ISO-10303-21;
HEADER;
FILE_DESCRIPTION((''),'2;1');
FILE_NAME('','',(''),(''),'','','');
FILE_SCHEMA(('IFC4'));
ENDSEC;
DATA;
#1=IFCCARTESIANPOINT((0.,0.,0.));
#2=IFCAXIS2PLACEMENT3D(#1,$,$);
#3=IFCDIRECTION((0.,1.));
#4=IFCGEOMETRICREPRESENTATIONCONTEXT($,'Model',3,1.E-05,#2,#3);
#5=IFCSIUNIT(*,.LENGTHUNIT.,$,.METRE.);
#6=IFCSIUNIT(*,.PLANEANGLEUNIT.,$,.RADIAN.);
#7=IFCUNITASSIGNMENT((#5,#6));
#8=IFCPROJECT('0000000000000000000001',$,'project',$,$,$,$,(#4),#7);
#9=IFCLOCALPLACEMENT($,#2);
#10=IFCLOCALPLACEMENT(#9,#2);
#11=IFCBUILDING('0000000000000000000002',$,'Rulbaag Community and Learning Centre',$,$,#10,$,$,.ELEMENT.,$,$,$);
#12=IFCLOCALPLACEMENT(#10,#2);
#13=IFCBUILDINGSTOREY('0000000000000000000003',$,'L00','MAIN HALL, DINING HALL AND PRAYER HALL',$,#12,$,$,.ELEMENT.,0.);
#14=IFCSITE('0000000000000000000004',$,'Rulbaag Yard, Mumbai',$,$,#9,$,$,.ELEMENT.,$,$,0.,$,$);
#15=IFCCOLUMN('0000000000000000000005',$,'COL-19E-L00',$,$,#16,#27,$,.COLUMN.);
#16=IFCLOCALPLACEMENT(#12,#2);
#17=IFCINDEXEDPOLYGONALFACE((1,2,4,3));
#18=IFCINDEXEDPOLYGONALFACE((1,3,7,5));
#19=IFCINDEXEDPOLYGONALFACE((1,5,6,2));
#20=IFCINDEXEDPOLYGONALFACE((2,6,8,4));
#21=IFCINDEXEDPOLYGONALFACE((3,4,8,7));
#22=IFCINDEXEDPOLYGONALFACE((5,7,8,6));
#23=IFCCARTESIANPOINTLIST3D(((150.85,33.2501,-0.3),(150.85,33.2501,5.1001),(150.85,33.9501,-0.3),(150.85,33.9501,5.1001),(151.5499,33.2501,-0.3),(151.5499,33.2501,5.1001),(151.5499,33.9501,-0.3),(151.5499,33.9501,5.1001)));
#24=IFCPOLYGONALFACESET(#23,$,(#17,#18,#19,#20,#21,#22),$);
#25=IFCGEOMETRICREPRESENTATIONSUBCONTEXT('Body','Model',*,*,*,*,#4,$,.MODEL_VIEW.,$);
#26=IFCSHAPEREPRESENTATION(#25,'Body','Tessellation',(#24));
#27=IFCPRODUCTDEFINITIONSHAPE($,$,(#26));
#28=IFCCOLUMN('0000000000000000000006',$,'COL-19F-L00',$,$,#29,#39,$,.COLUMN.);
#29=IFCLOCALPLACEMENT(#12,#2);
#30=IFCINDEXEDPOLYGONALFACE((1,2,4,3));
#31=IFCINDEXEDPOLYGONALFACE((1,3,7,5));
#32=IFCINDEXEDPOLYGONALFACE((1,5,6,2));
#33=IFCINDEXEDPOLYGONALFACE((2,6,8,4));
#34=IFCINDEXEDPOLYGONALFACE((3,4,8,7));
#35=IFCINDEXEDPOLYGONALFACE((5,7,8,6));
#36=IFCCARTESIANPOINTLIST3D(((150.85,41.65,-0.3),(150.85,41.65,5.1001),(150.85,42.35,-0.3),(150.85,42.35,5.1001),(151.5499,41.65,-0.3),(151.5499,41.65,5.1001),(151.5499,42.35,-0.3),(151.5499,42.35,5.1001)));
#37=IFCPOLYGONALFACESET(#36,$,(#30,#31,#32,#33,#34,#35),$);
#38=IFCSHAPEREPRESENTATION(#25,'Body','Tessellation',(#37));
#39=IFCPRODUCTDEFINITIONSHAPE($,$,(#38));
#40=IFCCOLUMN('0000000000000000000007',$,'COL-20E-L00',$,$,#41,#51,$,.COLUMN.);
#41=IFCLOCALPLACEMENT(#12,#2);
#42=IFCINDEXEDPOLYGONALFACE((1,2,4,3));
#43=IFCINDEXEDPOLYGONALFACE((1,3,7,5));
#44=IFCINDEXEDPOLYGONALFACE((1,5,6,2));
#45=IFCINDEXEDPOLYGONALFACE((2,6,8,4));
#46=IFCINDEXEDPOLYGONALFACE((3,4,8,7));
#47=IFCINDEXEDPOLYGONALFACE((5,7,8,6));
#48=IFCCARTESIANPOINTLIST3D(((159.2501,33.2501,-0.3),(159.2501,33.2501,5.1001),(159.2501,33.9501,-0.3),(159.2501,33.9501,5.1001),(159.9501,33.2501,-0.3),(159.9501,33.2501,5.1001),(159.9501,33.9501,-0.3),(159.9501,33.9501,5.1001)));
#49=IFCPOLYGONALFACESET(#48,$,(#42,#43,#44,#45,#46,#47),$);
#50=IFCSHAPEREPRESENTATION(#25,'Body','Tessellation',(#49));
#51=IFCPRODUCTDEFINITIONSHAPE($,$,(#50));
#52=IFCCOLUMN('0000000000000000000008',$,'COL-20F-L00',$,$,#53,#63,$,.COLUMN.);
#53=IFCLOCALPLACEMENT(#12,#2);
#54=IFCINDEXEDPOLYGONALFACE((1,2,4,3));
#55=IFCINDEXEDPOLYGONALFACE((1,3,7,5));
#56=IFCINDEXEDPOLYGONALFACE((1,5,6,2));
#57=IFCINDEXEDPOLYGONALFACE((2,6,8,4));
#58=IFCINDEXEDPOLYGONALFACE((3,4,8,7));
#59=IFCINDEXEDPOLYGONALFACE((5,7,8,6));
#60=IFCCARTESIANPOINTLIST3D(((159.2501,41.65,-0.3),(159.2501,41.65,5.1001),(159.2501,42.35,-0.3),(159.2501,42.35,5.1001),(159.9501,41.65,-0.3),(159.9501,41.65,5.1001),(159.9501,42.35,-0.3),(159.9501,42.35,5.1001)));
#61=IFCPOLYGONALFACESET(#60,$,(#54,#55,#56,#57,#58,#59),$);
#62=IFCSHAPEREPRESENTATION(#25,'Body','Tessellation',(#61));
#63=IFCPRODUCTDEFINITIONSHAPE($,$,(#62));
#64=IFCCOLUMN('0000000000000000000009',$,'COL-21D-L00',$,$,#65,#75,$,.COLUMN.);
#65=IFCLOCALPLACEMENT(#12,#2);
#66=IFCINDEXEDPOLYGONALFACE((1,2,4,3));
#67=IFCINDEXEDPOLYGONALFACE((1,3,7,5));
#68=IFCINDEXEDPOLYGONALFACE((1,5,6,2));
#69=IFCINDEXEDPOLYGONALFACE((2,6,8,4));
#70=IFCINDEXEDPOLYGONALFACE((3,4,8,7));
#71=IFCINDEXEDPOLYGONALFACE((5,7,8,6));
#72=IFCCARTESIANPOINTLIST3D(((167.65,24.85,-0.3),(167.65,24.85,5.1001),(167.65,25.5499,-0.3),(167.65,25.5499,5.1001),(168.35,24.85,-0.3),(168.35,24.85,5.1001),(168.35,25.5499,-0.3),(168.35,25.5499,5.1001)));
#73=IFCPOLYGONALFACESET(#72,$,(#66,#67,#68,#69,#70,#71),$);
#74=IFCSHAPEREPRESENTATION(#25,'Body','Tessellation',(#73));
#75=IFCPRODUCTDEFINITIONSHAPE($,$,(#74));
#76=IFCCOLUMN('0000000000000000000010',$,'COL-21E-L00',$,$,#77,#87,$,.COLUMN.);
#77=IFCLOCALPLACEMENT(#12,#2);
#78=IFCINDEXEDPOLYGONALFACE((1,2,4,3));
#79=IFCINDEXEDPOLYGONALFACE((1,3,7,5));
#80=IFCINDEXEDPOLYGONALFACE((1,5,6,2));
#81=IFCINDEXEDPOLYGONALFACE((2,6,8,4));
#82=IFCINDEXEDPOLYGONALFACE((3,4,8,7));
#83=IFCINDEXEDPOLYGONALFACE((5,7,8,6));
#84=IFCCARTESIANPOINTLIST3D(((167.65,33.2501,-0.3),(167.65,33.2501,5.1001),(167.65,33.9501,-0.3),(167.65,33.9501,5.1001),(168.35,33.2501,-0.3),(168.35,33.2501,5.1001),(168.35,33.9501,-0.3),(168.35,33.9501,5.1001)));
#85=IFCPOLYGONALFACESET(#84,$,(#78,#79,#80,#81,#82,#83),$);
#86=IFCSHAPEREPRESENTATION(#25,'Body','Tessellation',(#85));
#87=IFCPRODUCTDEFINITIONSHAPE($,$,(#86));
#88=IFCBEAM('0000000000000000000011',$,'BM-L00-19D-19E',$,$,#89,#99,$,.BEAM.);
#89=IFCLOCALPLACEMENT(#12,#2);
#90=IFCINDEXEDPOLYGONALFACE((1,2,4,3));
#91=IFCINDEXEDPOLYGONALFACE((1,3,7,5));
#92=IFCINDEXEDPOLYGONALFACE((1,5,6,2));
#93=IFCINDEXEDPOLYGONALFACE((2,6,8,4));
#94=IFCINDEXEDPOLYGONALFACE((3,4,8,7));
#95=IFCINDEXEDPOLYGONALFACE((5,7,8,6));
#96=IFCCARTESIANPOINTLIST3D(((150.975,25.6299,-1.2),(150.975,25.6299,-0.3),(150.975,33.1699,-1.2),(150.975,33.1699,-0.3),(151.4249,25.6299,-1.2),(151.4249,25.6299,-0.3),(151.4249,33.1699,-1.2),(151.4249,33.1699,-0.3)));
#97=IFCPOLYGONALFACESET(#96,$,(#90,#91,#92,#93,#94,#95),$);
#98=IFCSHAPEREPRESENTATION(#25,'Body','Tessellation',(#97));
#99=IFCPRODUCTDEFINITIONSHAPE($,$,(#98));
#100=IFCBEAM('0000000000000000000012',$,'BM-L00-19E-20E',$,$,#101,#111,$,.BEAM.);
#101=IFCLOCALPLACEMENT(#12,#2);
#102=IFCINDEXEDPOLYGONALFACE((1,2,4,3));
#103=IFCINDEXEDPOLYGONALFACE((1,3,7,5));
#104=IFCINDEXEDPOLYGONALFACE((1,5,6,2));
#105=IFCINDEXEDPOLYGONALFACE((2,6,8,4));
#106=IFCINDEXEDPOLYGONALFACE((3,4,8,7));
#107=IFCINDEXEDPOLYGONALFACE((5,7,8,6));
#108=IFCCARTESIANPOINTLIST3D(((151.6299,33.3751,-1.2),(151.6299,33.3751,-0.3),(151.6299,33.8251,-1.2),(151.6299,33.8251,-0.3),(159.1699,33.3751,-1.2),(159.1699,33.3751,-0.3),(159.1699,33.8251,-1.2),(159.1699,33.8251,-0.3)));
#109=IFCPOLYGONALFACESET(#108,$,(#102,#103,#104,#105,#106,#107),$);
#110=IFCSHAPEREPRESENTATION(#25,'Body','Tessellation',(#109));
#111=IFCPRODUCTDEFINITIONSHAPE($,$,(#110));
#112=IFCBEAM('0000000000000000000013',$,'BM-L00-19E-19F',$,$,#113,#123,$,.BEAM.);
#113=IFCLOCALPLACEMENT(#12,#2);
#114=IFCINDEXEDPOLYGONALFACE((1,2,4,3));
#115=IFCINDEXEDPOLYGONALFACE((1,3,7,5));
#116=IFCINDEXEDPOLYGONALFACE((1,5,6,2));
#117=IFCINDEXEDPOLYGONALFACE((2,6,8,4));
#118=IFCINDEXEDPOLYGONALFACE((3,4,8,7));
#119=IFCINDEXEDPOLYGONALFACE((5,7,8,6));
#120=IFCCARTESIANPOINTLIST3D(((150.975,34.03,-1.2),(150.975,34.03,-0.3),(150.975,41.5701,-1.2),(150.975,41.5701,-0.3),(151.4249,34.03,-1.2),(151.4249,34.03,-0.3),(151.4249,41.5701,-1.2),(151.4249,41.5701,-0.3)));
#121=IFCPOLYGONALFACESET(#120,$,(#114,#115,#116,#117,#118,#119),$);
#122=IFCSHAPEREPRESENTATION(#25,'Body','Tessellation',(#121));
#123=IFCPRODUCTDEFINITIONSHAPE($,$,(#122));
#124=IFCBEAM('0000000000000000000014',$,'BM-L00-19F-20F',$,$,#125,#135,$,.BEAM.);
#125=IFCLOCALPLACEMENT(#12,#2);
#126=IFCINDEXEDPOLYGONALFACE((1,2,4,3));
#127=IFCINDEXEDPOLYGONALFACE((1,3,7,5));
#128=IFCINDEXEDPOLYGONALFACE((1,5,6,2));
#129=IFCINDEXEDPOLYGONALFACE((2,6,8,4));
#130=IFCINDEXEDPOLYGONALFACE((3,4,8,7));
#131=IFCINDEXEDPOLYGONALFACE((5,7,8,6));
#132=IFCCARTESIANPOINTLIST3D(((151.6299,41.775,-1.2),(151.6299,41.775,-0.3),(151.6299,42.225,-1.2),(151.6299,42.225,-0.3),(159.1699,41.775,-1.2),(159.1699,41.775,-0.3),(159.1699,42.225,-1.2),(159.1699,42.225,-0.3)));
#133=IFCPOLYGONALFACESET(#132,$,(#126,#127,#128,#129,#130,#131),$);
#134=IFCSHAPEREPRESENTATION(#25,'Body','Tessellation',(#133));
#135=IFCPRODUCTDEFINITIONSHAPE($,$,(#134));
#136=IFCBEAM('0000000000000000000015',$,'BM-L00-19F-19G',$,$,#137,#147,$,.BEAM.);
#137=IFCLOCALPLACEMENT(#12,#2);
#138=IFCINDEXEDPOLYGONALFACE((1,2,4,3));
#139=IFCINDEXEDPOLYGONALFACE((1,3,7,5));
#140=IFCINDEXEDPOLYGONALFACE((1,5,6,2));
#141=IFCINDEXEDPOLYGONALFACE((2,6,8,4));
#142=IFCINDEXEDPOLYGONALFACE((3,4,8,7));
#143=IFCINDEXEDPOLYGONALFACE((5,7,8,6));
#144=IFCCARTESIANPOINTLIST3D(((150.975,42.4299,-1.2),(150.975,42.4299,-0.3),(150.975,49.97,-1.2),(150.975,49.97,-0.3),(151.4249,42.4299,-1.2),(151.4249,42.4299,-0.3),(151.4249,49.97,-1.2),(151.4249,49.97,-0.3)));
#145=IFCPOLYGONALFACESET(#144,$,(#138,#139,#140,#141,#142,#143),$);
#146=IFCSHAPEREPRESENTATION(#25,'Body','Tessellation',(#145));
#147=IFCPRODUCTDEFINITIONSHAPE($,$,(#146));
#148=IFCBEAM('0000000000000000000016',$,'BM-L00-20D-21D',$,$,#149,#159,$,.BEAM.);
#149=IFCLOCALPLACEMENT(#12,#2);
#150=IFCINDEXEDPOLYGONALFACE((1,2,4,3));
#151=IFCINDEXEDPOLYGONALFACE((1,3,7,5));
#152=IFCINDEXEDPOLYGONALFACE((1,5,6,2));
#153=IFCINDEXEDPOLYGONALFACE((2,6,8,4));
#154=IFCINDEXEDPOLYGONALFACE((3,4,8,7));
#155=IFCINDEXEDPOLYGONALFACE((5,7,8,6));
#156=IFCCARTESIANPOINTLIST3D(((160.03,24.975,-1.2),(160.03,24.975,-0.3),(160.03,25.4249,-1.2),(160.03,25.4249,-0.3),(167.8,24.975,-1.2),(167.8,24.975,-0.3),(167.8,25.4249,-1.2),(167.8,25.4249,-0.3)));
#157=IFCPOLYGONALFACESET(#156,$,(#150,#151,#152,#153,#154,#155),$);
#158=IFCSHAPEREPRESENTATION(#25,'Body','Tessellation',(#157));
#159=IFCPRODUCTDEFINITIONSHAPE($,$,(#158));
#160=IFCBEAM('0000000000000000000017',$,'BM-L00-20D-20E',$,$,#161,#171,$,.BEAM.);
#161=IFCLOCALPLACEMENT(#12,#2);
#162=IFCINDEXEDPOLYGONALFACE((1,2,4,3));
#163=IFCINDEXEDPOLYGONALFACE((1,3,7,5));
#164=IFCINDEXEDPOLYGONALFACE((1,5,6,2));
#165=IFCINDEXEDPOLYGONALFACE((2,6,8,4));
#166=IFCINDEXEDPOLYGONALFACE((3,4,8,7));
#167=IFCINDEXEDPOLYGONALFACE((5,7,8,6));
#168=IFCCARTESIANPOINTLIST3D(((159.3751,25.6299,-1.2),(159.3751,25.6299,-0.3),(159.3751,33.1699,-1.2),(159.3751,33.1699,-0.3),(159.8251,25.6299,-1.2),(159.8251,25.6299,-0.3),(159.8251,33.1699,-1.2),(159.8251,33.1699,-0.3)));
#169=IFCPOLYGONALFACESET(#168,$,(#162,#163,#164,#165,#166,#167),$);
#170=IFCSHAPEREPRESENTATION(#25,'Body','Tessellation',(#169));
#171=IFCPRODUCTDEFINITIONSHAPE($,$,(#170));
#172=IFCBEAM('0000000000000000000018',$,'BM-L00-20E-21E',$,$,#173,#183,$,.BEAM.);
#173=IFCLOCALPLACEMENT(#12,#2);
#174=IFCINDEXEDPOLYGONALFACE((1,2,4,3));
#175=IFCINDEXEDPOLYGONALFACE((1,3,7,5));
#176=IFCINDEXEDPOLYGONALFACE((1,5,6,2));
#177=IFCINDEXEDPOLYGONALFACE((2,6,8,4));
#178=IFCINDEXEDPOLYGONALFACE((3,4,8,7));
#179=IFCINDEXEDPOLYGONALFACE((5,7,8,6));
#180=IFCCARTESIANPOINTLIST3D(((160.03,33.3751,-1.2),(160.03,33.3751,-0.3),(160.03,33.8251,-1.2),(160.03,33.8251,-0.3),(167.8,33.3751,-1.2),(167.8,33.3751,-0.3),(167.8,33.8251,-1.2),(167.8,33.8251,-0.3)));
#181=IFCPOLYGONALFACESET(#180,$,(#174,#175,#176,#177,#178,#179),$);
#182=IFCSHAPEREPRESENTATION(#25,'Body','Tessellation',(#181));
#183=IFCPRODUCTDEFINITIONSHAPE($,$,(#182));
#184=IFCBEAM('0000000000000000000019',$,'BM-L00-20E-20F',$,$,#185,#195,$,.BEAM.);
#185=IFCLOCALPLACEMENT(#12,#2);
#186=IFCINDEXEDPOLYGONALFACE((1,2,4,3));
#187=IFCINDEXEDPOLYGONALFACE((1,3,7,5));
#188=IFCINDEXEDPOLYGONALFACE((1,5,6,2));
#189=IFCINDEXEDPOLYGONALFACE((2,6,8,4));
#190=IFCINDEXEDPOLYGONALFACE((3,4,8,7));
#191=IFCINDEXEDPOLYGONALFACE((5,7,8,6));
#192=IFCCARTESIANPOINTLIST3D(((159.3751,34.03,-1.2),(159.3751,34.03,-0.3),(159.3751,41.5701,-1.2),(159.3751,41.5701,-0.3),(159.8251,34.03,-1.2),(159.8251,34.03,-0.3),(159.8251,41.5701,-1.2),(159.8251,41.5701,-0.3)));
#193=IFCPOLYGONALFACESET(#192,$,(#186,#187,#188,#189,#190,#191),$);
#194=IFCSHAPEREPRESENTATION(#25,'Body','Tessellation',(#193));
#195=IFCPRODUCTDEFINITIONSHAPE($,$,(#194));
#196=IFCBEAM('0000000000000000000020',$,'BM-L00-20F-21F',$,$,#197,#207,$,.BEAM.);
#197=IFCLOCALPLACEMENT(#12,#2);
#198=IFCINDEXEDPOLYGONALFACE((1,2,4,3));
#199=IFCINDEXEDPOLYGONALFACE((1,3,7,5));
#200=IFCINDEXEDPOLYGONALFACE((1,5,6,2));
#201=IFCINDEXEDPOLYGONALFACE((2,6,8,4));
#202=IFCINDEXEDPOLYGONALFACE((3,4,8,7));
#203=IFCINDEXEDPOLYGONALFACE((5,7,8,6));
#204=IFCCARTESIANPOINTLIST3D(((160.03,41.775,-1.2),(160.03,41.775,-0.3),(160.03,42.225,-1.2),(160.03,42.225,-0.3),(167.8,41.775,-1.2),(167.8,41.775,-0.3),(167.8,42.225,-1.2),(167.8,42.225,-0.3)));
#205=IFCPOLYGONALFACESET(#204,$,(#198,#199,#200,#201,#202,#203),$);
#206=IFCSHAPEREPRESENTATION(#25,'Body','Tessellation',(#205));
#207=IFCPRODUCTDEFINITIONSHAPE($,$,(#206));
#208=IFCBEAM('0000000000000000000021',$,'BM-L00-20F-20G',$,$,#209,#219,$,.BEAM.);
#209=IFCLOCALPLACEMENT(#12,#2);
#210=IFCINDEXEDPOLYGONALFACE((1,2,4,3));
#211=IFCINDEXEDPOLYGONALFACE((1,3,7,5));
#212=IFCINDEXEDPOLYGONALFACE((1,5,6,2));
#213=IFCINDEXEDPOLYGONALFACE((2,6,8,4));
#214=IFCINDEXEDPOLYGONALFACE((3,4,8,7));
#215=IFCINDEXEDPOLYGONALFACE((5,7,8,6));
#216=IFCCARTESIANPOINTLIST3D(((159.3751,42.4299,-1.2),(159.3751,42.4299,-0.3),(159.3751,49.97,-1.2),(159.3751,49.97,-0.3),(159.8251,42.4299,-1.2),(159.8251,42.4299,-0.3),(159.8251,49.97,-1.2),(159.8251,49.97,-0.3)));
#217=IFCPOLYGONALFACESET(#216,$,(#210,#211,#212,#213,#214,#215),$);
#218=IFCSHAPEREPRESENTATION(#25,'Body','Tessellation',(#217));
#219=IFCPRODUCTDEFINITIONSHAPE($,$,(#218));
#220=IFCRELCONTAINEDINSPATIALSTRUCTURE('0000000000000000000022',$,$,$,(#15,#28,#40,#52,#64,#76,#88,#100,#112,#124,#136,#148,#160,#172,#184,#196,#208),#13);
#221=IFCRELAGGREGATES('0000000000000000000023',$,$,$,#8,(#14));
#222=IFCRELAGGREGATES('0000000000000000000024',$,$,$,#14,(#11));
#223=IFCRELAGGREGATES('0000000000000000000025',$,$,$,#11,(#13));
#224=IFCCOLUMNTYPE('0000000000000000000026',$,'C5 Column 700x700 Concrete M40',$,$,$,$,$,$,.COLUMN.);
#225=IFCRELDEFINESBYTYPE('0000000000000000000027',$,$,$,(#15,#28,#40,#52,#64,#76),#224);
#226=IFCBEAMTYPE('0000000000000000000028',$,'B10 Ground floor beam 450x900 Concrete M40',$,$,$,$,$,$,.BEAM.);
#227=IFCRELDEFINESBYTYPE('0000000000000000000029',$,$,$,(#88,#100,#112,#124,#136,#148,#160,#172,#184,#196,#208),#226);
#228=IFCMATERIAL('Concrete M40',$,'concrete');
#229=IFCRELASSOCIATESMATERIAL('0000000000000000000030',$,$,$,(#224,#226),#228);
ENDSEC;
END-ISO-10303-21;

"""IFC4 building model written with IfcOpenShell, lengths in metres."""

from ifc_helpers import new_model, si_unit, direction, frame, origin, origin_2d, place, context, subcontext, project, spatial, rectangle, extrude, material, material_profile, profile_set, type_object, element, save


model = new_model("IFC4")

# Units and contexts
model_context = context("Model", 3, precision=1e-05, world=origin(), true_north=direction((0.0, 1.0)))
body_context = subcontext(model_context, "Body", "Model", "MODEL_VIEW")
ifc_project = project(units=[si_unit("LENGTHUNIT", "METRE"), si_unit("PLANEANGLEUNIT", "RADIAN")], contexts=[model_context])

# Site, building, storey
site_placement = place(None, origin())
site = spatial("IfcSite", under=ifc_project, at=site_placement, Name="Rulbaag Yard, Mumbai", CompositionType="ELEMENT", RefElevation=0.0)
building_placement = place(site_placement, origin())
building = spatial("IfcBuilding", under=site, at=building_placement, Name="Rulbaag Community and Learning Centre", CompositionType="ELEMENT")
storey_placement = place(building_placement, origin())
storey = spatial("IfcBuildingStorey", under=building, at=storey_placement, Name="L00", Description="MAIN HALL, DINING HALL AND PRAYER HALL", CompositionType="ELEMENT", Elevation=0.0)

# Columns
ifc_material_1 = material(Name="Concrete M40", Category="concrete")
ifc_material_profile_1 = material_profile(ifc_material_1, rectangle(XDim=0.7, YDim=0.7, at=origin_2d()), Name="RC700x700")
ifc_profile_set_1 = profile_set([ifc_material_profile_1], Name="Concrete M40")
column_type = type_object("IfcColumnType", Name="C5 Column 700x700 Concrete M40", PredefinedType="COLUMN", material=ifc_profile_set_1)
for number, where, z_axis, x_axis, name in (
    (1, (151.2, 33.6001, -0.3), (0.0, 0.0, 1.0), (1.0, 0.0, 0.0), "COL-19E-L00"),
    (2, (151.2, 42.0, -0.3), (0.0, 0.0, 1.0), (1.0, 0.0, 0.0), "COL-19F-L00"),
    (3, (159.6001, 33.6001, -0.3), (0.0, 0.0, 1.0), (1.0, 0.0, 0.0), "COL-20E-L00"),
    (4, (159.6001, 42.0, -0.3), (0.0, 0.0, 1.0), (1.0, 0.0, 0.0), "COL-20F-L00"),
    (5, (168.0, 25.2, -0.3), (0.0, 0.0, 1.0), (1.0, 0.0, 0.0), "COL-21D-L00"),
    (6, (168.0, 33.6001, -0.3), (0.0, 0.0, 1.0), (1.0, 0.0, 0.0), "COL-21E-L00"),
):
    element("IfcColumn", number, at=place(storey_placement, frame(where, z_axis=z_axis, x_axis=x_axis)), inside=storey, type_object=column_type, Name=name, PredefinedType="COLUMN", context=body_context, shape_type="SweptSolid", body=[
        extrude(rectangle(XDim=0.7, YDim=0.7, at=origin_2d()), origin(), (0.0, 0.0, 1.0), 5.4001),
    ])

# Beams
ifc_material_profile_2 = material_profile(ifc_material_1, rectangle(XDim=0.45, YDim=0.8999, at=origin_2d()), Name="RB450x900")
ifc_profile_set_2 = profile_set([ifc_material_profile_2], Name="Concrete M40")
beam_type_1 = type_object("IfcBeamType", Name="B10 Ground floor beam 450x900 Concrete M40", PredefinedType="BEAM", material=ifc_profile_set_2)
for number, where, z_axis, x_axis, name in (
    (7, (151.2, 25.6299, -0.75), (0.0, 1.0, 0.0), (-1.0, 0.0, 0.0), "BM-L00-19D-19E"),
    (8, (151.6299, 33.6001, -0.75), (1.0, 0.0, 0.0), (0.0, 1.0, 0.0), "BM-L00-19E-20E"),
    (9, (151.2, 34.03, -0.75), (0.0, 1.0, 0.0), (-1.0, 0.0, 0.0), "BM-L00-19E-19F"),
    (10, (151.6299, 42.0, -0.75), (1.0, 0.0, 0.0), (0.0, 1.0, 0.0), "BM-L00-19F-20F"),
    (11, (151.2, 42.4299, -0.75), (0.0, 1.0, 0.0), (-1.0, 0.0, 0.0), "BM-L00-19F-19G"),
):
    element("IfcBeam", number, at=place(storey_placement, frame(where, z_axis=z_axis, x_axis=x_axis)), inside=storey, type_object=beam_type_1, Name=name, PredefinedType="BEAM", context=body_context, shape_type="SweptSolid", body=[
        extrude(rectangle(XDim=0.45, YDim=0.8999, at=origin_2d()), origin(), (0.0, 0.0, 1.0), 7.54),
    ])
beam_1_placement = place(storey_placement, frame((160.03, 25.2, -0.75), z_axis=(1.0, 0.0, 0.0), x_axis=(0.0, 1.0, 0.0)))
element("IfcBeam", 12, at=beam_1_placement, inside=storey, type_object=beam_type_1, Name="BM-L00-20D-21D", PredefinedType="BEAM", context=body_context, shape_type="SweptSolid", body=[
    extrude(rectangle(XDim=0.45, YDim=0.8999, at=origin_2d()), origin(), (0.0, 0.0, 1.0), 7.77),
])
beam_2_placement = place(storey_placement, frame((159.6001, 25.6299, -0.75), z_axis=(0.0, 1.0, 0.0), x_axis=(-1.0, 0.0, 0.0)))
element("IfcBeam", 13, at=beam_2_placement, inside=storey, type_object=beam_type_1, Name="BM-L00-20D-20E", PredefinedType="BEAM", context=body_context, shape_type="SweptSolid", body=[
    extrude(rectangle(XDim=0.45, YDim=0.8999, at=origin_2d()), origin(), (0.0, 0.0, 1.0), 7.54),
])
beam_3_placement = place(storey_placement, frame((160.03, 33.6001, -0.75), z_axis=(1.0, 0.0, 0.0), x_axis=(0.0, 1.0, 0.0)))
element("IfcBeam", 14, at=beam_3_placement, inside=storey, type_object=beam_type_1, Name="BM-L00-20E-21E", PredefinedType="BEAM", context=body_context, shape_type="SweptSolid", body=[
    extrude(rectangle(XDim=0.45, YDim=0.8999, at=origin_2d()), origin(), (0.0, 0.0, 1.0), 7.77),
])
beam_4_placement = place(storey_placement, frame((159.6001, 34.03, -0.75), z_axis=(0.0, 1.0, 0.0), x_axis=(-1.0, 0.0, 0.0)))
element("IfcBeam", 15, at=beam_4_placement, inside=storey, type_object=beam_type_1, Name="BM-L00-20E-20F", PredefinedType="BEAM", context=body_context, shape_type="SweptSolid", body=[
    extrude(rectangle(XDim=0.45, YDim=0.8999, at=origin_2d()), origin(), (0.0, 0.0, 1.0), 7.54),
])
beam_5_placement = place(storey_placement, frame((160.03, 42.0, -0.75), z_axis=(1.0, 0.0, 0.0), x_axis=(0.0, 1.0, 0.0)))
element("IfcBeam", 16, at=beam_5_placement, inside=storey, type_object=beam_type_1, Name="BM-L00-20F-21F", PredefinedType="BEAM", context=body_context, shape_type="SweptSolid", body=[
    extrude(rectangle(XDim=0.45, YDim=0.8999, at=origin_2d()), origin(), (0.0, 0.0, 1.0), 7.77),
])
beam_6_placement = place(storey_placement, frame((159.6001, 42.4299, -0.75), z_axis=(0.0, 1.0, 0.0), x_axis=(-1.0, 0.0, 0.0)))
element("IfcBeam", 17, at=beam_6_placement, inside=storey, type_object=beam_type_1, Name="BM-L00-20F-20G", PredefinedType="BEAM", context=body_context, shape_type="SweptSolid", body=[
    extrude(rectangle(XDim=0.45, YDim=0.8999, at=origin_2d()), origin(), (0.0, 0.0, 1.0), 7.54),
])

save(model, "model.ifc")
